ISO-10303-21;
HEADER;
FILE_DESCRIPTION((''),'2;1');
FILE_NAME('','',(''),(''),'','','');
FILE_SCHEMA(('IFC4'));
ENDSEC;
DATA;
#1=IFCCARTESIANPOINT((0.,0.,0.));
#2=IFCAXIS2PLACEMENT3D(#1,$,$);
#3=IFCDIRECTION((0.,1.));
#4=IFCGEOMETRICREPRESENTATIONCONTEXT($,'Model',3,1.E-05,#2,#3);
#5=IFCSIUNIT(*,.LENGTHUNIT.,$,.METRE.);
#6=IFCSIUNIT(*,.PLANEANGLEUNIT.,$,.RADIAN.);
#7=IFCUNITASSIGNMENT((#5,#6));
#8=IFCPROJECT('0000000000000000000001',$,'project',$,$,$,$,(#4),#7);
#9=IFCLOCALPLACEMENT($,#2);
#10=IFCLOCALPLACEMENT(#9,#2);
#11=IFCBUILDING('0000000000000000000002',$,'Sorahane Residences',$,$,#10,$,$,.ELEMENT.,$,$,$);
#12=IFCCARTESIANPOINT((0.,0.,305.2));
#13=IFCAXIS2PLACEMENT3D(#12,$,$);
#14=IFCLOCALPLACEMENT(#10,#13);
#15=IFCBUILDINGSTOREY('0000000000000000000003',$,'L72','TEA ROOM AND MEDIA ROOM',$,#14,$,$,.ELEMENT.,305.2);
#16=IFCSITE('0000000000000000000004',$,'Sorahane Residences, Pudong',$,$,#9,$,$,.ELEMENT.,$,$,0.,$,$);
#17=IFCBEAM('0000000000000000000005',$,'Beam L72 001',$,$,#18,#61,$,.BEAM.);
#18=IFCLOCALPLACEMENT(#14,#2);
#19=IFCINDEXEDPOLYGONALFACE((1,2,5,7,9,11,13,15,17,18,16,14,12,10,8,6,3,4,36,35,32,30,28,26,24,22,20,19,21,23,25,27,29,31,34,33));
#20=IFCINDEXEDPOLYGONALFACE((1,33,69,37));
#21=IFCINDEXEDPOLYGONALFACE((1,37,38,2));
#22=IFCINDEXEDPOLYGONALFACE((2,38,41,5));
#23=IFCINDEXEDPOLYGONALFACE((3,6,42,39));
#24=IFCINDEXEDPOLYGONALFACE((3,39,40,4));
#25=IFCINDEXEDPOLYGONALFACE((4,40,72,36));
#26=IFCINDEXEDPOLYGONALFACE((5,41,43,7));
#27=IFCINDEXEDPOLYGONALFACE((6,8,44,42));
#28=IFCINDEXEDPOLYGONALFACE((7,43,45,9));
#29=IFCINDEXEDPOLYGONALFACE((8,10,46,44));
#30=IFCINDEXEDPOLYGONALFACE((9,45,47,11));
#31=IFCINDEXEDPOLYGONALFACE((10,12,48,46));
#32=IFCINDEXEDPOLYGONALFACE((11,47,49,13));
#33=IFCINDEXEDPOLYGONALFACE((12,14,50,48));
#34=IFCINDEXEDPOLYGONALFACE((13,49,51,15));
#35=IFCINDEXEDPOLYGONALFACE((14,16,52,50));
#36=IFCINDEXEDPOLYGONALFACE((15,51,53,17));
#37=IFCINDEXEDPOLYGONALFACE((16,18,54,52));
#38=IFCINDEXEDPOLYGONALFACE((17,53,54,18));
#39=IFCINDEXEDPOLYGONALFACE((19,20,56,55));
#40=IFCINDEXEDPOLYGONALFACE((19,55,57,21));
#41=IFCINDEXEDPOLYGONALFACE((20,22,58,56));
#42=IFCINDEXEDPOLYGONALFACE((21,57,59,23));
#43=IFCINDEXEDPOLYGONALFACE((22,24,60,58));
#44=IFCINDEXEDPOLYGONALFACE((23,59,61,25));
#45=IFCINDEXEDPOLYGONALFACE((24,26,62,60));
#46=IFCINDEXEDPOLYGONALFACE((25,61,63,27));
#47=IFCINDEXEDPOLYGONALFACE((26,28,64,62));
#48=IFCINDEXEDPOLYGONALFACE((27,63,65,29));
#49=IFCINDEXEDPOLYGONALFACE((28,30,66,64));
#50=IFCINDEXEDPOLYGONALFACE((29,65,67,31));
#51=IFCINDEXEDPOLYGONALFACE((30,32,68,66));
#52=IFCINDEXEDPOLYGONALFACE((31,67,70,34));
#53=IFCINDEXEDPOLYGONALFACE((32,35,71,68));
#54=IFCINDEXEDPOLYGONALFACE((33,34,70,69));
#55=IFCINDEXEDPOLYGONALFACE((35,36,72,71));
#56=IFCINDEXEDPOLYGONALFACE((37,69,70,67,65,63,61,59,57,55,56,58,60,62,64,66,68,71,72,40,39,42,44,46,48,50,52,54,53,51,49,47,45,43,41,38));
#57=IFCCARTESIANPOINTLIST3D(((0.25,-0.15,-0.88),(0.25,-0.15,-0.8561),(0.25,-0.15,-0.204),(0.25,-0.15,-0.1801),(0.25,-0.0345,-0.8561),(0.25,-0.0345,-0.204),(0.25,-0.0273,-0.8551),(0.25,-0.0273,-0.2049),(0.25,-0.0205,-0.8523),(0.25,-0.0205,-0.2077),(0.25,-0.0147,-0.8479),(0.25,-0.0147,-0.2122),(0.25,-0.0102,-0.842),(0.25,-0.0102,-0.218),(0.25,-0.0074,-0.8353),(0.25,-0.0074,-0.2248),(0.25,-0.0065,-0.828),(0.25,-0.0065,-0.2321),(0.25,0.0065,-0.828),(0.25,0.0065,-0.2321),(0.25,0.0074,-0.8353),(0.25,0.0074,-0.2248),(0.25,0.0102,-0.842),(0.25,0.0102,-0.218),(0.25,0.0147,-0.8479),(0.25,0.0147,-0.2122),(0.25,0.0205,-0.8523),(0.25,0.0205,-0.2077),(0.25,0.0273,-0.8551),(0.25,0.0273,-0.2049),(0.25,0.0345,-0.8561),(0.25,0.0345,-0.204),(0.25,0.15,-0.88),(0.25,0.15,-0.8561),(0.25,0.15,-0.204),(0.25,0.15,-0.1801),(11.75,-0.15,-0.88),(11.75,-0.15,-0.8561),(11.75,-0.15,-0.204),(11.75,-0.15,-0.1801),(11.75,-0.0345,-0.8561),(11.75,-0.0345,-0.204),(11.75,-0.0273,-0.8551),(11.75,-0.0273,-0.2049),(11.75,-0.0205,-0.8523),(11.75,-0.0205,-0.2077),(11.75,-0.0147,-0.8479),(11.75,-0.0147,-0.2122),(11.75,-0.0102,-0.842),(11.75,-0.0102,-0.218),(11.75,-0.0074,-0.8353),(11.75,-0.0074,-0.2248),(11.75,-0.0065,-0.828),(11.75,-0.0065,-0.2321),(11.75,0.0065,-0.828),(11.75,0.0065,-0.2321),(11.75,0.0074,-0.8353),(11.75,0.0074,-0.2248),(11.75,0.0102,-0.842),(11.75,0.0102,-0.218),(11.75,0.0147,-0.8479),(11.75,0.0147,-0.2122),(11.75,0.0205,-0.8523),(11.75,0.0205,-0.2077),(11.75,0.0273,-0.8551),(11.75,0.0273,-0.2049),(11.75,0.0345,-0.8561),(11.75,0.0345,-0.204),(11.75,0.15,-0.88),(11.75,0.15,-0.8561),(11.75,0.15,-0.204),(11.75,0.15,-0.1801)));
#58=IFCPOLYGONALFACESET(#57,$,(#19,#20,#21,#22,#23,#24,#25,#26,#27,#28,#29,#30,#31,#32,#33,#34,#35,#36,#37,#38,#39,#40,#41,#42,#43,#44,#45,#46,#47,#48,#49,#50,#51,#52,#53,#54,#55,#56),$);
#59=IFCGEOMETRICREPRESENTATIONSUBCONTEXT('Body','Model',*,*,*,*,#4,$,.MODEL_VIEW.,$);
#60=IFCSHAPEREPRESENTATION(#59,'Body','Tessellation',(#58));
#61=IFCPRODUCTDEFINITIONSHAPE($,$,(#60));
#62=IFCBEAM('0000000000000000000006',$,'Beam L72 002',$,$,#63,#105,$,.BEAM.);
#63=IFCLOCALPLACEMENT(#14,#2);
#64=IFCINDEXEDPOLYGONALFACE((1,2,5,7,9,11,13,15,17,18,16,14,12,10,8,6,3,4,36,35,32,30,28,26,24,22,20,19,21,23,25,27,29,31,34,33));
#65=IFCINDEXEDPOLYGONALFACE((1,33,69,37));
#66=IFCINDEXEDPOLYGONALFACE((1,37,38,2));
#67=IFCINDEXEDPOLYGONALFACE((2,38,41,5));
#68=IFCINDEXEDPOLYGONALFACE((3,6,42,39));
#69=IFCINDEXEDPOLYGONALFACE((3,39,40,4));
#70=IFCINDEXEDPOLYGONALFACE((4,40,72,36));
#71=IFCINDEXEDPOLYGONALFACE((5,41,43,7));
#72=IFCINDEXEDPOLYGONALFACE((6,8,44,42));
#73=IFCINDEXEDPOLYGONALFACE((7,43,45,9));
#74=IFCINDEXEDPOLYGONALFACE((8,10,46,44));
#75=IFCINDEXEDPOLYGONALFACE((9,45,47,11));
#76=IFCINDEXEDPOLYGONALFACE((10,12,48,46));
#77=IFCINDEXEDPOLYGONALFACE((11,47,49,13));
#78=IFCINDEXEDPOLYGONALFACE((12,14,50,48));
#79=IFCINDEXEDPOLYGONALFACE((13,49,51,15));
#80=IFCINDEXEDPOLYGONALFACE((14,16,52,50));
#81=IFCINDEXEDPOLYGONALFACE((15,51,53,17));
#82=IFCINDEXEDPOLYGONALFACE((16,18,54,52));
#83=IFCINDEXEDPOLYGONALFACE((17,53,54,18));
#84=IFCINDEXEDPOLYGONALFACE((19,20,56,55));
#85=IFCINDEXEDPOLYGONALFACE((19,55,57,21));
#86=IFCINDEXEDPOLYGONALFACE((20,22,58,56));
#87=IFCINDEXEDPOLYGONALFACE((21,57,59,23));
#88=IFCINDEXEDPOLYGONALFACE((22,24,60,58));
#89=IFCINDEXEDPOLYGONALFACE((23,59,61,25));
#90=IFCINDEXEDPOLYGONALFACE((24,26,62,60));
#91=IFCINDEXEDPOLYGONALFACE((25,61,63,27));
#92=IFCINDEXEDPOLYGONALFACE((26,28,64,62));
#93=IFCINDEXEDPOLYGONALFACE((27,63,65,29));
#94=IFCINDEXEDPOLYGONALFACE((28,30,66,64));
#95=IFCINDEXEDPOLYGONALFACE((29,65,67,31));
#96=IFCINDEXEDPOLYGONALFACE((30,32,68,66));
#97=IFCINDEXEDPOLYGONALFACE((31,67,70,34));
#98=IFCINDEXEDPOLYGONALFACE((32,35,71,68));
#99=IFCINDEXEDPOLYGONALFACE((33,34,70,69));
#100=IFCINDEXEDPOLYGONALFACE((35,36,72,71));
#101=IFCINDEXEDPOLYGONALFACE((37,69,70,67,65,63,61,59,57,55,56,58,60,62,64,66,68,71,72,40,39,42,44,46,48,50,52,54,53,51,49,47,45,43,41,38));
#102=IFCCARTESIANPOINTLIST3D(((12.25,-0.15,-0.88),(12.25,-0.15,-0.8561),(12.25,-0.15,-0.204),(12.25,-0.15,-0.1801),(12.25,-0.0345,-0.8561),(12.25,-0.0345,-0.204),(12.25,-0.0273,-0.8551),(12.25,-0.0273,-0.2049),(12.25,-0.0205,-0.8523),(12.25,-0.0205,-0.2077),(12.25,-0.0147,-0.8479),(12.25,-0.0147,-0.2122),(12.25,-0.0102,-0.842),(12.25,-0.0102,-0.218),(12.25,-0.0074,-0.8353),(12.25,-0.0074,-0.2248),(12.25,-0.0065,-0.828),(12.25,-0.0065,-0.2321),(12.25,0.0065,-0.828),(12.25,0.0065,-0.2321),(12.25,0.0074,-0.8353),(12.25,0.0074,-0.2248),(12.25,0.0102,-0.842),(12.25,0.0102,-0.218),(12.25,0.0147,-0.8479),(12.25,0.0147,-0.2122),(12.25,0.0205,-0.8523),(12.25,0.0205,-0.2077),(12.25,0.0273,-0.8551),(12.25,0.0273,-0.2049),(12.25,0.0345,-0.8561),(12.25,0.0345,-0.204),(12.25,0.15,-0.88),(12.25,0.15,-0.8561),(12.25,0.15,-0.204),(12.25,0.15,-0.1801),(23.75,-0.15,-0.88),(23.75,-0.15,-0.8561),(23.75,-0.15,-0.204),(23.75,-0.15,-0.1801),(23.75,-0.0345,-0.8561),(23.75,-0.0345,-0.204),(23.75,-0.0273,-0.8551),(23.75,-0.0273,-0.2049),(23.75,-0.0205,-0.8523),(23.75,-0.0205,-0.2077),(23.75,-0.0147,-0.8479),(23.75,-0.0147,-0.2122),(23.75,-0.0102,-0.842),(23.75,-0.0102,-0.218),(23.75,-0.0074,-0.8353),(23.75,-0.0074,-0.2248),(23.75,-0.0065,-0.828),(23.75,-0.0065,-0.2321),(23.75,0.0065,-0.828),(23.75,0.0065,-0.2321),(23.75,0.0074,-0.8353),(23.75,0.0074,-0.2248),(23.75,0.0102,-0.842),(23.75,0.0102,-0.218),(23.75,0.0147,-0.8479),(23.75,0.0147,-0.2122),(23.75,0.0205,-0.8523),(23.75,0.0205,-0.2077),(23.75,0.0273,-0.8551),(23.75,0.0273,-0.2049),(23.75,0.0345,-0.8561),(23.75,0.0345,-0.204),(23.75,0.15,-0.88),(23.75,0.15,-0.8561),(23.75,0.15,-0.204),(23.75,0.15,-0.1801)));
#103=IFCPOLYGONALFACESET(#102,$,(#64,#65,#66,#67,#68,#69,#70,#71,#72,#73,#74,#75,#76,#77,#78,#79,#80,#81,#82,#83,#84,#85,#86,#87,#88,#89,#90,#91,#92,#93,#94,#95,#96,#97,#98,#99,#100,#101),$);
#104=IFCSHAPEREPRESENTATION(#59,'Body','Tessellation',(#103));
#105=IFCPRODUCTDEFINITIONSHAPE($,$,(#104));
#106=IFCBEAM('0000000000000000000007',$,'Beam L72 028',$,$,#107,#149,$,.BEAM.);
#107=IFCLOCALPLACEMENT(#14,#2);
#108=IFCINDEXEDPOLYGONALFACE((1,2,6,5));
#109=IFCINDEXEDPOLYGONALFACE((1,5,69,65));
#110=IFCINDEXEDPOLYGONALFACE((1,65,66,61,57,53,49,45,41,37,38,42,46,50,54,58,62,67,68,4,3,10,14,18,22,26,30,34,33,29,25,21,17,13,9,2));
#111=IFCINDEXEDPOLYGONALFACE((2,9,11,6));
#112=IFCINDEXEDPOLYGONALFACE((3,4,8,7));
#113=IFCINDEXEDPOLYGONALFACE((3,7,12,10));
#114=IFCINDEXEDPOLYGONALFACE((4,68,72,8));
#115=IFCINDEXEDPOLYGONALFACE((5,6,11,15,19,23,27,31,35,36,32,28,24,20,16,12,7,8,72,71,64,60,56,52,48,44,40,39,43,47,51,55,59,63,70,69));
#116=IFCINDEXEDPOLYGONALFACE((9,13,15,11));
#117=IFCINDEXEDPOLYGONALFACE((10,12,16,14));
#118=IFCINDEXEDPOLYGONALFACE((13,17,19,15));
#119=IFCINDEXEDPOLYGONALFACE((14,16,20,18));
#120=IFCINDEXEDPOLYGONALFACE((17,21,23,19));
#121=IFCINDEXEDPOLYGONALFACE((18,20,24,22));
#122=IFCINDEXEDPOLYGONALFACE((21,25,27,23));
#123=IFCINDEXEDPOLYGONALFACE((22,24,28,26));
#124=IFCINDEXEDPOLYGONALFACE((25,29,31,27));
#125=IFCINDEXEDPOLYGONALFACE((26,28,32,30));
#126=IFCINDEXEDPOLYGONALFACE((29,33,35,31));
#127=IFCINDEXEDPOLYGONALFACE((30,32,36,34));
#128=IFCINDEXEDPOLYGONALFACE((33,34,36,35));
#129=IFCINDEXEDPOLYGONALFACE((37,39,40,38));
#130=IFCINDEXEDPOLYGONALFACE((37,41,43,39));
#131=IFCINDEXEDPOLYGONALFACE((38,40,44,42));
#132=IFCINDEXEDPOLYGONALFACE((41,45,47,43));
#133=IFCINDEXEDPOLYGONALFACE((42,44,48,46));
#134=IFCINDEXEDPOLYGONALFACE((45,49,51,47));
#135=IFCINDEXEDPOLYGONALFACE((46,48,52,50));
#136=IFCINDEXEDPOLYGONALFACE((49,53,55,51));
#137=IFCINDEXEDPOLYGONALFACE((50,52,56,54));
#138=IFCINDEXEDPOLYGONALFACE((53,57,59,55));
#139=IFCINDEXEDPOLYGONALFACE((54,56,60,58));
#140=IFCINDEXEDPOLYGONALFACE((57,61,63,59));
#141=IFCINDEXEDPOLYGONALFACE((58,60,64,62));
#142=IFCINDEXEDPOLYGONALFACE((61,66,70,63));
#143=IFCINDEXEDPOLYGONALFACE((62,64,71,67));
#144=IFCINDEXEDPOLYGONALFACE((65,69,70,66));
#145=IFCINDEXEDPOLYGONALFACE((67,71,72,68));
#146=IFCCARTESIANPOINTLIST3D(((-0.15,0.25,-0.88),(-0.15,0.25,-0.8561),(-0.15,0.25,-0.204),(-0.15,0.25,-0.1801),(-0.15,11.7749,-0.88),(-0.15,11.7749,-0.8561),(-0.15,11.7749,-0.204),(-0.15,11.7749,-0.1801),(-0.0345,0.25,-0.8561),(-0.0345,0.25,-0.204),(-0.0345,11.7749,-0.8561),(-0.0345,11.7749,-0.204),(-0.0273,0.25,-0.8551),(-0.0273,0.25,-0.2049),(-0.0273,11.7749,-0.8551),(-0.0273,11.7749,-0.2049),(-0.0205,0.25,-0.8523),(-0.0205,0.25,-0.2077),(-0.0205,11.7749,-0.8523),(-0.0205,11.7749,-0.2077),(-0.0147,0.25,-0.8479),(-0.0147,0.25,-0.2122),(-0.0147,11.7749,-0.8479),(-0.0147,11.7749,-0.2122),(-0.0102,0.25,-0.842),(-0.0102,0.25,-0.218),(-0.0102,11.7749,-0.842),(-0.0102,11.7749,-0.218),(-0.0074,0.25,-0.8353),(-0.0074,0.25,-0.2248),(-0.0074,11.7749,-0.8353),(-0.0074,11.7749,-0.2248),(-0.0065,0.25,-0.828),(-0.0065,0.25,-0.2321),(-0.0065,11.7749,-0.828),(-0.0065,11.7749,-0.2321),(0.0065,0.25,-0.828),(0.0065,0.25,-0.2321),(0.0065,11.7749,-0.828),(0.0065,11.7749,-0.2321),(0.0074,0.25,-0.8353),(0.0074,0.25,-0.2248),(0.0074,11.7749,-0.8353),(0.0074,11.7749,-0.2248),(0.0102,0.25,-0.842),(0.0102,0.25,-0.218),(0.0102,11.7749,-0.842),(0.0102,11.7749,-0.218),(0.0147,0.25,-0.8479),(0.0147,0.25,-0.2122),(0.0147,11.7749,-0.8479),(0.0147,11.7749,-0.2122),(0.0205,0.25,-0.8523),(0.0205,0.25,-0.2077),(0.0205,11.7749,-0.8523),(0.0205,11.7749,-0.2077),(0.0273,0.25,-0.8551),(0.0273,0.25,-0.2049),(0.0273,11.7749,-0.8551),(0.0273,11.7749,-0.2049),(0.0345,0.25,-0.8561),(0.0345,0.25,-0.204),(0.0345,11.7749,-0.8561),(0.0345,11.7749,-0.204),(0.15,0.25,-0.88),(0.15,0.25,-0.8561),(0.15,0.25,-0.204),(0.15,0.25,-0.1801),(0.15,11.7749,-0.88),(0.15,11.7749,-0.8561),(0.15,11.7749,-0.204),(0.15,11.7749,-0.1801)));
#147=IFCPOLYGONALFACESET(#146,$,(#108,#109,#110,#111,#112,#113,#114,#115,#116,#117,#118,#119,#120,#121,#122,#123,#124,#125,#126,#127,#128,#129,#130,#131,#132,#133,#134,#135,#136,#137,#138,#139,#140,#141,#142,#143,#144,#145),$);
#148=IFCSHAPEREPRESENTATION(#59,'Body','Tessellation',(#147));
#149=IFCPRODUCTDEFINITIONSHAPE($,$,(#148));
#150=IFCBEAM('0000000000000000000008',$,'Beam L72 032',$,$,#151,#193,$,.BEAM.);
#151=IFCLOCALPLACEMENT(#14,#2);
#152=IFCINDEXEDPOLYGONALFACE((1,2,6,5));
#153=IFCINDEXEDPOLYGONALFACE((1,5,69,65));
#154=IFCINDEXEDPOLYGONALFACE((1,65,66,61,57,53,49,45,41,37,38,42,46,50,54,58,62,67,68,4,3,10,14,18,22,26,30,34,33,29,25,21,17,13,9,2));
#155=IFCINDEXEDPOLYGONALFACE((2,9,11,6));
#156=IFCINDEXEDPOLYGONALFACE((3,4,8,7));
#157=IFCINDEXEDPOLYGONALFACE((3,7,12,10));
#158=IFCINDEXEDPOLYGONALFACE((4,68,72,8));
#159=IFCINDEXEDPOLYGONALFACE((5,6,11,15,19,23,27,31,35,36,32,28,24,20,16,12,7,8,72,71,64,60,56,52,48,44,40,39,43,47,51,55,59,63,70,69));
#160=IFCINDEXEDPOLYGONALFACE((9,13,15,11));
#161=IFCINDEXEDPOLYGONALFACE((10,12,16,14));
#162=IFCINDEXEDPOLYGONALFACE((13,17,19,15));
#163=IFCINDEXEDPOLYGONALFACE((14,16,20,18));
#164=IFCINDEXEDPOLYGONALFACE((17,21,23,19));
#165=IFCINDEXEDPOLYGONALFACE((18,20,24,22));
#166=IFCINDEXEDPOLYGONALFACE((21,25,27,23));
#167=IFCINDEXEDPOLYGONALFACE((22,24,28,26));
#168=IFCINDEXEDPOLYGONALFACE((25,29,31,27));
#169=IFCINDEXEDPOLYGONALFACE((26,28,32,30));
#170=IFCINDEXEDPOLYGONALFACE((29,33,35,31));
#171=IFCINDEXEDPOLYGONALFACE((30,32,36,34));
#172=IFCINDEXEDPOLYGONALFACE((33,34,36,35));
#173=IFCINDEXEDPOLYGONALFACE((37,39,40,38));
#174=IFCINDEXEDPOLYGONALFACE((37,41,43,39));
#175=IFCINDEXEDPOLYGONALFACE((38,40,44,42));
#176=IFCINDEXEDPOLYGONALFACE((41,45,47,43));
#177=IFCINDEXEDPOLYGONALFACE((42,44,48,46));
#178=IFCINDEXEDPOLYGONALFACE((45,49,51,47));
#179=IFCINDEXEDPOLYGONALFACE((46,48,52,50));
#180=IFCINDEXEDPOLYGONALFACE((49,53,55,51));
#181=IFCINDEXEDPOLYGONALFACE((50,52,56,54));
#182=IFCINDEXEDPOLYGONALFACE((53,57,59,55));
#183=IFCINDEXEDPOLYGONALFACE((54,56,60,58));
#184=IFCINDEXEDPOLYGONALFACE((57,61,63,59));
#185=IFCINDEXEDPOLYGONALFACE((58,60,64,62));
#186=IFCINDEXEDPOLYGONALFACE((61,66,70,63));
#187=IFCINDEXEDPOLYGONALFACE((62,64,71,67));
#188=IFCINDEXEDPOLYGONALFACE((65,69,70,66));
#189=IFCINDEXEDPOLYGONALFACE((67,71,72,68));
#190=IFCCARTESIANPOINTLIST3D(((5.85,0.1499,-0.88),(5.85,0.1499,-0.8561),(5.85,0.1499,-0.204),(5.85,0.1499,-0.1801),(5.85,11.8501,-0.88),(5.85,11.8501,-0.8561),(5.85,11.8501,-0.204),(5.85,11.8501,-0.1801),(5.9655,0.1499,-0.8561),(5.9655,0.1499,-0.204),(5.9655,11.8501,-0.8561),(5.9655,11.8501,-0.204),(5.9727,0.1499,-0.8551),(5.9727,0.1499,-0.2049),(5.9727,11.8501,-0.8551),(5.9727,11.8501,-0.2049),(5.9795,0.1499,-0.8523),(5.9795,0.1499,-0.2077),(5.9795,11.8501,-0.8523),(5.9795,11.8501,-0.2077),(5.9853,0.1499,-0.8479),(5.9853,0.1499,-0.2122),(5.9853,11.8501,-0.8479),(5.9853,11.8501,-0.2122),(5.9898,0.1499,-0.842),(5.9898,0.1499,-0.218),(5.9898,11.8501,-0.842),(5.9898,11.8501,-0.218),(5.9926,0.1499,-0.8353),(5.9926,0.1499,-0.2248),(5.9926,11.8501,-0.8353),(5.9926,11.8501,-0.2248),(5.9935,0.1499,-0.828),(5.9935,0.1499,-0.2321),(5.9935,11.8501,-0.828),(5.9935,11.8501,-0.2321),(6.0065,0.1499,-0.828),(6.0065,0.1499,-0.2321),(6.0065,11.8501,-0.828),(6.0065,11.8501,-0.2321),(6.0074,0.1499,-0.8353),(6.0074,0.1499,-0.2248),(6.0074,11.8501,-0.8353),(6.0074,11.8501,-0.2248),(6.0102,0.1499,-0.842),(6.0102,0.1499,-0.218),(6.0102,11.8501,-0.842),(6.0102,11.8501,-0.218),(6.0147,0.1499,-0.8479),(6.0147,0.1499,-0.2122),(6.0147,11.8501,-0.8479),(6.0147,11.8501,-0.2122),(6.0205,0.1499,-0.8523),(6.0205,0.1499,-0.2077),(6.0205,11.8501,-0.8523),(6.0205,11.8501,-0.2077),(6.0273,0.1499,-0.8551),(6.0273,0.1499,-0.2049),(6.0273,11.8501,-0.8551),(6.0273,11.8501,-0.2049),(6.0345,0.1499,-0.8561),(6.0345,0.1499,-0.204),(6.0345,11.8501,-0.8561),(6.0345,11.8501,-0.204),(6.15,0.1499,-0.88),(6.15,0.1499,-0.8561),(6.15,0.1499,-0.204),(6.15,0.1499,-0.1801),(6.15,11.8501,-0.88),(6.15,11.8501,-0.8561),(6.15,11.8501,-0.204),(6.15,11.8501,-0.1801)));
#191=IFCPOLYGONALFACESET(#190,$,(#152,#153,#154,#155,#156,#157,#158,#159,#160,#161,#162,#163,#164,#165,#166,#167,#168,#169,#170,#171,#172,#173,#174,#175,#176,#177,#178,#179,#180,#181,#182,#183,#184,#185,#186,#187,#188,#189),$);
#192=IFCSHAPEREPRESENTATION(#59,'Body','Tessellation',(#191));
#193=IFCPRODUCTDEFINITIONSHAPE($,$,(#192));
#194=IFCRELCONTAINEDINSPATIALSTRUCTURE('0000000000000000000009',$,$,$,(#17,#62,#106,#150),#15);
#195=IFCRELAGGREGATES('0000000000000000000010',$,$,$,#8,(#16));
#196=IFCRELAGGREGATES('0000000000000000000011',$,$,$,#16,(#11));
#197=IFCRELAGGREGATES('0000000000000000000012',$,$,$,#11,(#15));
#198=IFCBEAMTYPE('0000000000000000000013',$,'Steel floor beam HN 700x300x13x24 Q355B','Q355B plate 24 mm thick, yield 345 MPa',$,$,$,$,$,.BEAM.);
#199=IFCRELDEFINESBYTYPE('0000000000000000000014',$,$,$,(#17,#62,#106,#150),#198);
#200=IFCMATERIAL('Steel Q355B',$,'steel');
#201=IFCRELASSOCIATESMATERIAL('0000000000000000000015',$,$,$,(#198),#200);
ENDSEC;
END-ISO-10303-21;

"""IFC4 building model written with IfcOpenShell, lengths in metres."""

from ifc_helpers import new_model, si_unit, direction, frame, origin, origin_2d, place, context, subcontext, project, spatial, i_section, extrude, material, material_profile, profile_set, type_object, element, save


model = new_model("IFC4")

# Units and contexts
model_context = context("Model", 3, precision=1e-05, world=origin(), true_north=direction((0.0, 1.0)))
body_context = subcontext(model_context, "Body", "Model", "MODEL_VIEW")
ifc_project = project(units=[si_unit("LENGTHUNIT", "METRE"), si_unit("PLANEANGLEUNIT", "RADIAN")], contexts=[model_context])

# Site, building, storey
site_placement = place(None, origin())
site = spatial("IfcSite", under=ifc_project, at=site_placement, Name="Sorahane Residences, Pudong", CompositionType="ELEMENT", RefElevation=0.0)
building_placement = place(site_placement, origin())
building = spatial("IfcBuilding", under=site, at=building_placement, Name="Sorahane Residences", CompositionType="ELEMENT")
storey_placement = place(building_placement, frame((0.0, 0.0, 305.2)))
storey = spatial("IfcBuildingStorey", under=building, at=storey_placement, Name="L72", Description="TEA ROOM AND MEDIA ROOM", CompositionType="ELEMENT", Elevation=305.2)

# Beams
ifc_material_1 = material(Name="Steel Q355B", Category="steel")
ifc_material_profile_1 = material_profile(ifc_material_1, i_section(OverallWidth=0.3, OverallDepth=0.7, WebThickness=0.0129, FlangeThickness=0.0239, FilletRadius=0.0281, at=origin_2d()), Name="HN 700x300x13x24")
ifc_profile_set_1 = profile_set([ifc_material_profile_1], Name="Steel Q355B")
beam_type_1 = type_object("IfcBeamType", Name="Steel floor beam HN 700x300x13x24 Q355B", Description="Q355B plate 24 mm thick, yield 345 MPa", PredefinedType="BEAM", material=ifc_profile_set_1)
for number, where, z_axis, x_axis, name in (
    (1, (0.25, 0.0, -0.53), (1.0, 0.0, 0.0), (0.0, 1.0, 0.0), "Beam L72 001"),
    (2, (12.25, 0.0, -0.53), (1.0, 0.0, 0.0), (0.0, 1.0, 0.0), "Beam L72 002"),
):
    element("IfcBeam", number, at=place(storey_placement, frame(where, z_axis=z_axis, x_axis=x_axis)), inside=storey, type_object=beam_type_1, Name=name, PredefinedType="BEAM", context=body_context, shape_type="SweptSolid", body=[
        extrude(i_section(OverallWidth=0.3, OverallDepth=0.7, WebThickness=0.0129, FlangeThickness=0.0239, FilletRadius=0.0281, at=origin_2d()), origin(), (0.0, 0.0, 1.0), 11.5),
    ])
beam_1_placement = place(storey_placement, frame((0.0, 0.25, -0.53), z_axis=(0.0, 1.0, 0.0), x_axis=(-1.0, 0.0, 0.0)))
element("IfcBeam", 3, at=beam_1_placement, inside=storey, type_object=beam_type_1, Name="Beam L72 028", PredefinedType="BEAM", context=body_context, shape_type="SweptSolid", body=[
    extrude(i_section(OverallWidth=0.3, OverallDepth=0.7, WebThickness=0.0129, FlangeThickness=0.0239, FilletRadius=0.0281, at=origin_2d()), origin(), (0.0, 0.0, 1.0), 11.5249),
])
beam_2_placement = place(storey_placement, frame((6.0, 0.1499, -0.53), z_axis=(0.0, 1.0, 0.0), x_axis=(-1.0, 0.0, 0.0)))
element("IfcBeam", 4, at=beam_2_placement, inside=storey, type_object=beam_type_1, Name="Beam L72 032", PredefinedType="BEAM", context=body_context, shape_type="SweptSolid", body=[
    extrude(i_section(OverallWidth=0.3, OverallDepth=0.7, WebThickness=0.0129, FlangeThickness=0.0239, FilletRadius=0.0281, at=origin_2d()), origin(), (0.0, 0.0, 1.0), 11.7002),
])

save(model, "model.ifc")
